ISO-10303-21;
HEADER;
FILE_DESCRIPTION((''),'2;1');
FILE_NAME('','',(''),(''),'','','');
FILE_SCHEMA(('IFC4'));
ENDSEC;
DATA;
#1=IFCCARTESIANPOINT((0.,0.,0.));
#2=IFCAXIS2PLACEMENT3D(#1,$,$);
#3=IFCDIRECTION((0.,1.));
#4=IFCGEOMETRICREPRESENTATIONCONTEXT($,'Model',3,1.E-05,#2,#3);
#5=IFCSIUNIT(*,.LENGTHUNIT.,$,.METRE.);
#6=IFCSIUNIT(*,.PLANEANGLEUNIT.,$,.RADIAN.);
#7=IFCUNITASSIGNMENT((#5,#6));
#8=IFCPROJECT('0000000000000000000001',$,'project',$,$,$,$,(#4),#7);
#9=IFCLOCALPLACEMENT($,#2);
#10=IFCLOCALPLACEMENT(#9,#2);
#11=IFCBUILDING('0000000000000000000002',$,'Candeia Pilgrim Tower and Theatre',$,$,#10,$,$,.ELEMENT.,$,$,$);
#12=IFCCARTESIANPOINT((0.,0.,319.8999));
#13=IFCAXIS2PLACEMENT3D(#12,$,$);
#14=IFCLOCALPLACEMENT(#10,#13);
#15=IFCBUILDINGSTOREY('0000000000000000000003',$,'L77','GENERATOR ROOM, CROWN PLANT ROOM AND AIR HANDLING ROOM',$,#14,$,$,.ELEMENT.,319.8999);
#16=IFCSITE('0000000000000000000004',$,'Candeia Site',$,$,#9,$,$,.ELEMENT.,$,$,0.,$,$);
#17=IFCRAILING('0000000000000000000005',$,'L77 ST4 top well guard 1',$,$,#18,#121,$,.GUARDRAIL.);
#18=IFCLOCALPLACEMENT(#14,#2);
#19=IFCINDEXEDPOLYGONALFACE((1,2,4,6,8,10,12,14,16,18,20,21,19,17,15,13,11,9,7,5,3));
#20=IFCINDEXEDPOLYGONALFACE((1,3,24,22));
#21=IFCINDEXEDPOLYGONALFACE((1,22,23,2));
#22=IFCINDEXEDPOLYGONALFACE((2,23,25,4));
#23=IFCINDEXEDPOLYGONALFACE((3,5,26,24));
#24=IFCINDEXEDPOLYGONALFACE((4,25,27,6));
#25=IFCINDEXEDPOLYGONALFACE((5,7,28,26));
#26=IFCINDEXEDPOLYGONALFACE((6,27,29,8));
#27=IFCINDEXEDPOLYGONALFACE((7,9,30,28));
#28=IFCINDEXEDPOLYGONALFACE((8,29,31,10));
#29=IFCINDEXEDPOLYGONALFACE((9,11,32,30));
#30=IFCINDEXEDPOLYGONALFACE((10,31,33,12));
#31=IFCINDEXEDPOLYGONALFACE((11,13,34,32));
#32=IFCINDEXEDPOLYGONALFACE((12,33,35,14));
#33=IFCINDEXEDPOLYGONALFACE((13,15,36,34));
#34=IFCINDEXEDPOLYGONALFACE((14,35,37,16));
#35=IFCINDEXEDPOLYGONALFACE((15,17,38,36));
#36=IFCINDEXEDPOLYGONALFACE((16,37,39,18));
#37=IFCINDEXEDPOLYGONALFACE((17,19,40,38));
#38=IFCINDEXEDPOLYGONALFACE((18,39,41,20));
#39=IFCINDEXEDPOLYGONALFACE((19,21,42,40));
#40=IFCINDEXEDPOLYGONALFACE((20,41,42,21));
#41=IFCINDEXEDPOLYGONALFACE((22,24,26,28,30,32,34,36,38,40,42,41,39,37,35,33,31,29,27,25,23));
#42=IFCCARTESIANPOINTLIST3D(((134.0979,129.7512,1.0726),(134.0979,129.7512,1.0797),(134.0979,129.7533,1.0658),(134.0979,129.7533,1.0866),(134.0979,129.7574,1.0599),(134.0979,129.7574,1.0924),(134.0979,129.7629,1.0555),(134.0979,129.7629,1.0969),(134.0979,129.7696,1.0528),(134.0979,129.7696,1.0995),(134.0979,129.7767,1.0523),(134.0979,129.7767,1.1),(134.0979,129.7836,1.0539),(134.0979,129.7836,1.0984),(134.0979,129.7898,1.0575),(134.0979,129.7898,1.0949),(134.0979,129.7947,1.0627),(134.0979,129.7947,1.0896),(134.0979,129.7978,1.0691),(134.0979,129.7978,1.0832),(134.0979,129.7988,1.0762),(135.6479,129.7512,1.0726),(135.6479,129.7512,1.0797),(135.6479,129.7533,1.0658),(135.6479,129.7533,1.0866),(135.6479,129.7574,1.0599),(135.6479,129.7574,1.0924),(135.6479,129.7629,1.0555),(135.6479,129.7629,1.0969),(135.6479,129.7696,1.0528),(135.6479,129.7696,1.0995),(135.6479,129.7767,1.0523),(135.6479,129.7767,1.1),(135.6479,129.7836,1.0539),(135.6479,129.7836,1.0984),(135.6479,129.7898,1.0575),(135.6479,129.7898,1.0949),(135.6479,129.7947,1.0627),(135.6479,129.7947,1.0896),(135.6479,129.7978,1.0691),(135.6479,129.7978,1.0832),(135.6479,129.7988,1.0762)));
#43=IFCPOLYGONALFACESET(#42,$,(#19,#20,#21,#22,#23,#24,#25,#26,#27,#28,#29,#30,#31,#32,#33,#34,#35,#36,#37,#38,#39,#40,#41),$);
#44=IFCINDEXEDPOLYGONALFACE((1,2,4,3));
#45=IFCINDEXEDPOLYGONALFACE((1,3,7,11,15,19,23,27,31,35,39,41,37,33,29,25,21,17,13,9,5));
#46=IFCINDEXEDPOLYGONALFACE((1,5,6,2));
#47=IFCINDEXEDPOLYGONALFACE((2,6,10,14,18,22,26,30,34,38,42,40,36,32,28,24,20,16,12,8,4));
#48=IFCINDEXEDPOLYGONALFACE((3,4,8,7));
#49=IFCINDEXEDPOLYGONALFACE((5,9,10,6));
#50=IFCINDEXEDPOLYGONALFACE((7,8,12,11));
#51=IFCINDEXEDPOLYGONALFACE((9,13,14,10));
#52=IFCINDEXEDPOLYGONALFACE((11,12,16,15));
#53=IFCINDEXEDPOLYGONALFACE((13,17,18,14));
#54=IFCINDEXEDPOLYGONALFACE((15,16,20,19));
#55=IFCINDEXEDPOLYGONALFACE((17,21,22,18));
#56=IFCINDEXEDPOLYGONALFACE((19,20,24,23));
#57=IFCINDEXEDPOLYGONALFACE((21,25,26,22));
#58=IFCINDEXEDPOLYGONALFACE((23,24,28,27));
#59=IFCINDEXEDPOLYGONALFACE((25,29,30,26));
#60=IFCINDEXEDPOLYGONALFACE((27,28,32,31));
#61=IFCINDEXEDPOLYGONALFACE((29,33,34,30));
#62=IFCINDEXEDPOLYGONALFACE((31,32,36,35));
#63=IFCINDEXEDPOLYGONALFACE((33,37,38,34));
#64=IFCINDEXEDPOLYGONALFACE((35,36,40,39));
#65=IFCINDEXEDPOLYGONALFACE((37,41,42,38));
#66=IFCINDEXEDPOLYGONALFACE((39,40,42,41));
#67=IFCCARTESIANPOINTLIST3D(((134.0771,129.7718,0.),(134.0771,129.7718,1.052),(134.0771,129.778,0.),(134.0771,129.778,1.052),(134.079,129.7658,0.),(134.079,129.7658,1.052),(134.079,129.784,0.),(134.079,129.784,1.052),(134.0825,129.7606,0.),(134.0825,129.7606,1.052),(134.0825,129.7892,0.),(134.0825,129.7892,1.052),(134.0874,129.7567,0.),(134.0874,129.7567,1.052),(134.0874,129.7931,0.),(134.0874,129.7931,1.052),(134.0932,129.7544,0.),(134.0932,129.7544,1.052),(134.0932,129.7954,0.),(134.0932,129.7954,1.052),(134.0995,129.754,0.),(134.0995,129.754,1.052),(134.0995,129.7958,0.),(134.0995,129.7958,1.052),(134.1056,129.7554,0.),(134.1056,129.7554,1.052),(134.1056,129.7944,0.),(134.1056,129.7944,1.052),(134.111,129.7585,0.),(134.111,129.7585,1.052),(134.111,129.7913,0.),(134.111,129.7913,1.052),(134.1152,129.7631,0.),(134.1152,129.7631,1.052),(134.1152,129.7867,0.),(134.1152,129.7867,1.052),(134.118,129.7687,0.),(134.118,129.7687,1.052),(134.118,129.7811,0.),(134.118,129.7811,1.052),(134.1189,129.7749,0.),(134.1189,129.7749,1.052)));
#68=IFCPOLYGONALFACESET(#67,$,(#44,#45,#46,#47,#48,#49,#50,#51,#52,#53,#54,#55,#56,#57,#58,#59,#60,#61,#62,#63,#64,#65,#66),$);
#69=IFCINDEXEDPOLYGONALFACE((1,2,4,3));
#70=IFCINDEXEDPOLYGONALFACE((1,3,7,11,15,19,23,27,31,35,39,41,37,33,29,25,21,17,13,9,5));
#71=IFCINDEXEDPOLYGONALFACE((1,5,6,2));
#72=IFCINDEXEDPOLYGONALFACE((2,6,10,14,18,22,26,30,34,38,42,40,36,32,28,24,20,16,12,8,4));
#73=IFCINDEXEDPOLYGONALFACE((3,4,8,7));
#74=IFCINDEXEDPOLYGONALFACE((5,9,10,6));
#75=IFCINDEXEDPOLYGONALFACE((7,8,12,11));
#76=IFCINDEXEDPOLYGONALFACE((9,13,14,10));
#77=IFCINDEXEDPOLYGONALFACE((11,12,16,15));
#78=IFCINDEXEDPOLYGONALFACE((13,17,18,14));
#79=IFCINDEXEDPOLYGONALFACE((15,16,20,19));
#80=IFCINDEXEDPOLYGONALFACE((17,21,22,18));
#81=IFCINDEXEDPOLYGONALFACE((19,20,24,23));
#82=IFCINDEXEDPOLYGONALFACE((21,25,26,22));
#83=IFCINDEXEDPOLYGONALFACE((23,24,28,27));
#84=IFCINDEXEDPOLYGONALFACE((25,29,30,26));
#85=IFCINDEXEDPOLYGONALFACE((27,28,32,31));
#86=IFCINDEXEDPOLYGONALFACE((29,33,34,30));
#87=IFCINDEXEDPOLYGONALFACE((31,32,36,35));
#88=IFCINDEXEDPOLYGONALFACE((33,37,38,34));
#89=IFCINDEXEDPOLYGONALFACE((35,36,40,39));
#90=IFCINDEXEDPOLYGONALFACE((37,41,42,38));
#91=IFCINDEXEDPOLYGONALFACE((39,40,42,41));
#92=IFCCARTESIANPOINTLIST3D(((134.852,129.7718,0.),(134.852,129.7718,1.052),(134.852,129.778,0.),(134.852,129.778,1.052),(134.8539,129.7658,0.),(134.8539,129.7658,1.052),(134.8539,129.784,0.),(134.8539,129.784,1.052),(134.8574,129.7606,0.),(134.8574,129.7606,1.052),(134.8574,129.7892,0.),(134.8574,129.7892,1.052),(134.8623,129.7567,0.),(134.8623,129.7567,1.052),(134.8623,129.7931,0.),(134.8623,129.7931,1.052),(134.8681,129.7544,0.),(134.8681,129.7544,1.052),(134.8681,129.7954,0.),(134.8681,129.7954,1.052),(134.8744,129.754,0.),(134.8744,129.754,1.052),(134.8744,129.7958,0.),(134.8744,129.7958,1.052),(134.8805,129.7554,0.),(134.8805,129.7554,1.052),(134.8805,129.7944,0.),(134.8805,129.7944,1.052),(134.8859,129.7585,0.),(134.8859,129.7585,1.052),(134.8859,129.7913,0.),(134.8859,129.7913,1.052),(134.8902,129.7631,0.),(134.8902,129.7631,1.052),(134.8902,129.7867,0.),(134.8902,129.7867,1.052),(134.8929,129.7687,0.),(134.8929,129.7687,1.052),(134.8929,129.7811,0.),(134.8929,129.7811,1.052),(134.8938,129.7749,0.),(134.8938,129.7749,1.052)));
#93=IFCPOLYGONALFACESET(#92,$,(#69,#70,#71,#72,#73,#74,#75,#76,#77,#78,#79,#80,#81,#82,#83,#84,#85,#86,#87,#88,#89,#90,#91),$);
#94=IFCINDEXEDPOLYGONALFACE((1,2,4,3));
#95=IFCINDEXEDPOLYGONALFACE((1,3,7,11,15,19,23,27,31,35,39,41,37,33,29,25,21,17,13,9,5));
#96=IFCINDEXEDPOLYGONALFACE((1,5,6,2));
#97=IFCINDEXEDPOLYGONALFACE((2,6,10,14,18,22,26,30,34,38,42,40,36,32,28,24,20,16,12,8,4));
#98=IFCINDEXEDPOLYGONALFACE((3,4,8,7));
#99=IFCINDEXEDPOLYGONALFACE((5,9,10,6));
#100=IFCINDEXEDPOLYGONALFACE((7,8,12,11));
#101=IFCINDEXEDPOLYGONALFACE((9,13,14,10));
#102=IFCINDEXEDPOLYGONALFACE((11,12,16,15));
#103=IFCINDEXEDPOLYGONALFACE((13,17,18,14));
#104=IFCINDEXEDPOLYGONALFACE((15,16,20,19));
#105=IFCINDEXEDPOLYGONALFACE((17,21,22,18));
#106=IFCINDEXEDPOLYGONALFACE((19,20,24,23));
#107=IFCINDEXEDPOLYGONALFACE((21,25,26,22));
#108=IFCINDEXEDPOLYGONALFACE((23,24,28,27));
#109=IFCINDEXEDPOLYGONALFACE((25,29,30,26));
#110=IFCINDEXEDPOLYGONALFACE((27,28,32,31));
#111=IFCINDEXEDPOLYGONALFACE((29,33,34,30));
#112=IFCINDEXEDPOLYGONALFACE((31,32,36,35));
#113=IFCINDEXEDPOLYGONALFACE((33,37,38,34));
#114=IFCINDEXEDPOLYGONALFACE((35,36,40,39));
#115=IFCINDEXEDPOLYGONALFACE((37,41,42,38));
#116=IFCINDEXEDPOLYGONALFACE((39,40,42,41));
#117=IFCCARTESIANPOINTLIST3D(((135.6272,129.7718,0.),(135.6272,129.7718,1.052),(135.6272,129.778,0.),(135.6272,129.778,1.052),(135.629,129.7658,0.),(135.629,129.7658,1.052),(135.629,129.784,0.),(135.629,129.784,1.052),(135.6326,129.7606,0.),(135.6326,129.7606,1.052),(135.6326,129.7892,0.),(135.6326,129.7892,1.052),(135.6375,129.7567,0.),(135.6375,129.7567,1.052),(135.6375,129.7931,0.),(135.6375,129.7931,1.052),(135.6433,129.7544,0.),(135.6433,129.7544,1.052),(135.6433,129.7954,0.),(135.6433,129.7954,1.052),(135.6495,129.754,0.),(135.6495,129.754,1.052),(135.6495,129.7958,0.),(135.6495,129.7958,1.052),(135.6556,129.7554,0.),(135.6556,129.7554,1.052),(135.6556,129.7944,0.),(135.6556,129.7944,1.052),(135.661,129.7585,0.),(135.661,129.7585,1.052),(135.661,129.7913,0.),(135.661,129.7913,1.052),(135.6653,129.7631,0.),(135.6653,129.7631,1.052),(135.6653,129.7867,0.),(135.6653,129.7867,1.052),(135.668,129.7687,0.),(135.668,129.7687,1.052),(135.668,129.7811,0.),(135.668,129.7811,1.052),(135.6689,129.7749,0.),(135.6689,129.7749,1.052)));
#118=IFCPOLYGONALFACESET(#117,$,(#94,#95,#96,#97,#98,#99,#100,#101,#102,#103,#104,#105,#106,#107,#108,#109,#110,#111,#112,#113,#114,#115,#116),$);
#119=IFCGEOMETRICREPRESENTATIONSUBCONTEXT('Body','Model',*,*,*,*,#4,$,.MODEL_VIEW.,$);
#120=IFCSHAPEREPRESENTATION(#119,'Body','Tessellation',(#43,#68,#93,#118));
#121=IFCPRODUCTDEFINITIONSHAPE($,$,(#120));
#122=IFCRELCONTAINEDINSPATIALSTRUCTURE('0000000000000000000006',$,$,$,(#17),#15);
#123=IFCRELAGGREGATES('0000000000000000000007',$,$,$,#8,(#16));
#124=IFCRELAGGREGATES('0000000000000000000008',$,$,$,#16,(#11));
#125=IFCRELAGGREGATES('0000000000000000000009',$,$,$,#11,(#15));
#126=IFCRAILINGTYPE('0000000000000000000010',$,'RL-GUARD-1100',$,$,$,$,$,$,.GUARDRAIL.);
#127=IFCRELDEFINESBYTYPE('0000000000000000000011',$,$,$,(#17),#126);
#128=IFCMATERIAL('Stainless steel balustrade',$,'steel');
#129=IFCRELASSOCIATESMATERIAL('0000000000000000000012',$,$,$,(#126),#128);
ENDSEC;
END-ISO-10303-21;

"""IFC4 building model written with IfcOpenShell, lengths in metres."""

from ifc_helpers import new_model, si_unit, direction, frame, origin, origin_2d, place, context, subcontext, project, spatial, circle, extrude, material, type_object, element, save


model = new_model("IFC4")

# Units and contexts
model_context = context("Model", 3, precision=1e-05, world=origin(), true_north=direction((0.0, 1.0)))
body_context = subcontext(model_context, "Body", "Model", "MODEL_VIEW")
ifc_project = project(units=[si_unit("LENGTHUNIT", "METRE"), si_unit("PLANEANGLEUNIT", "RADIAN")], contexts=[model_context])

# Site, building, storey
site_placement = place(None, origin())
site = spatial("IfcSite", under=ifc_project, at=site_placement, Name="Candeia Site", CompositionType="ELEMENT", RefElevation=0.0)
building_placement = place(site_placement, origin())
building = spatial("IfcBuilding", under=site, at=building_placement, Name="Candeia Pilgrim Tower and Theatre", CompositionType="ELEMENT")
storey_placement = place(building_placement, frame((0.0, 0.0, 319.8999)))
storey = spatial("IfcBuildingStorey", under=building, at=storey_placement, Name="L77", Description="GENERATOR ROOM, CROWN PLANT ROOM AND AIR HANDLING ROOM", CompositionType="ELEMENT", Elevation=319.8999)

# Railing
ifc_material_1 = material(Name="Stainless steel balustrade", Category="steel")
railing_type = type_object("IfcRailingType", Name="RL-GUARD-1100", PredefinedType="GUARDRAIL", material=ifc_material_1)
railing_placement = place(storey_placement, frame((134.0979, 129.7749, 0.0)))
element("IfcRailing", 1, at=railing_placement, inside=storey, type_object=railing_type, Name="L77 ST4 top well guard 1", PredefinedType="GUARDRAIL", context=body_context, shape_type="SweptSolid", body=[
    extrude(circle(Radius=0.0239, at=origin_2d()), frame((0.0, 0.0, 1.0762), z_axis=(1.0, 0.0, 0.0), x_axis=(0.0, 1.0, 0.0)), (0.0, 0.0, 1.0), 1.55),
    extrude(circle(Radius=0.021, at=origin_2d()), origin(), (0.0, 0.0, 1.0), 1.052),
    extrude(circle(Radius=0.021, at=origin_2d()), frame((0.7749, 0.0, 0.0)), (0.0, 0.0, 1.0), 1.052),
    extrude(circle(Radius=0.021, at=origin_2d()), frame((1.55, 0.0, 0.0)), (0.0, 0.0, 1.0), 1.052),
])

save(model, "model.ifc")
